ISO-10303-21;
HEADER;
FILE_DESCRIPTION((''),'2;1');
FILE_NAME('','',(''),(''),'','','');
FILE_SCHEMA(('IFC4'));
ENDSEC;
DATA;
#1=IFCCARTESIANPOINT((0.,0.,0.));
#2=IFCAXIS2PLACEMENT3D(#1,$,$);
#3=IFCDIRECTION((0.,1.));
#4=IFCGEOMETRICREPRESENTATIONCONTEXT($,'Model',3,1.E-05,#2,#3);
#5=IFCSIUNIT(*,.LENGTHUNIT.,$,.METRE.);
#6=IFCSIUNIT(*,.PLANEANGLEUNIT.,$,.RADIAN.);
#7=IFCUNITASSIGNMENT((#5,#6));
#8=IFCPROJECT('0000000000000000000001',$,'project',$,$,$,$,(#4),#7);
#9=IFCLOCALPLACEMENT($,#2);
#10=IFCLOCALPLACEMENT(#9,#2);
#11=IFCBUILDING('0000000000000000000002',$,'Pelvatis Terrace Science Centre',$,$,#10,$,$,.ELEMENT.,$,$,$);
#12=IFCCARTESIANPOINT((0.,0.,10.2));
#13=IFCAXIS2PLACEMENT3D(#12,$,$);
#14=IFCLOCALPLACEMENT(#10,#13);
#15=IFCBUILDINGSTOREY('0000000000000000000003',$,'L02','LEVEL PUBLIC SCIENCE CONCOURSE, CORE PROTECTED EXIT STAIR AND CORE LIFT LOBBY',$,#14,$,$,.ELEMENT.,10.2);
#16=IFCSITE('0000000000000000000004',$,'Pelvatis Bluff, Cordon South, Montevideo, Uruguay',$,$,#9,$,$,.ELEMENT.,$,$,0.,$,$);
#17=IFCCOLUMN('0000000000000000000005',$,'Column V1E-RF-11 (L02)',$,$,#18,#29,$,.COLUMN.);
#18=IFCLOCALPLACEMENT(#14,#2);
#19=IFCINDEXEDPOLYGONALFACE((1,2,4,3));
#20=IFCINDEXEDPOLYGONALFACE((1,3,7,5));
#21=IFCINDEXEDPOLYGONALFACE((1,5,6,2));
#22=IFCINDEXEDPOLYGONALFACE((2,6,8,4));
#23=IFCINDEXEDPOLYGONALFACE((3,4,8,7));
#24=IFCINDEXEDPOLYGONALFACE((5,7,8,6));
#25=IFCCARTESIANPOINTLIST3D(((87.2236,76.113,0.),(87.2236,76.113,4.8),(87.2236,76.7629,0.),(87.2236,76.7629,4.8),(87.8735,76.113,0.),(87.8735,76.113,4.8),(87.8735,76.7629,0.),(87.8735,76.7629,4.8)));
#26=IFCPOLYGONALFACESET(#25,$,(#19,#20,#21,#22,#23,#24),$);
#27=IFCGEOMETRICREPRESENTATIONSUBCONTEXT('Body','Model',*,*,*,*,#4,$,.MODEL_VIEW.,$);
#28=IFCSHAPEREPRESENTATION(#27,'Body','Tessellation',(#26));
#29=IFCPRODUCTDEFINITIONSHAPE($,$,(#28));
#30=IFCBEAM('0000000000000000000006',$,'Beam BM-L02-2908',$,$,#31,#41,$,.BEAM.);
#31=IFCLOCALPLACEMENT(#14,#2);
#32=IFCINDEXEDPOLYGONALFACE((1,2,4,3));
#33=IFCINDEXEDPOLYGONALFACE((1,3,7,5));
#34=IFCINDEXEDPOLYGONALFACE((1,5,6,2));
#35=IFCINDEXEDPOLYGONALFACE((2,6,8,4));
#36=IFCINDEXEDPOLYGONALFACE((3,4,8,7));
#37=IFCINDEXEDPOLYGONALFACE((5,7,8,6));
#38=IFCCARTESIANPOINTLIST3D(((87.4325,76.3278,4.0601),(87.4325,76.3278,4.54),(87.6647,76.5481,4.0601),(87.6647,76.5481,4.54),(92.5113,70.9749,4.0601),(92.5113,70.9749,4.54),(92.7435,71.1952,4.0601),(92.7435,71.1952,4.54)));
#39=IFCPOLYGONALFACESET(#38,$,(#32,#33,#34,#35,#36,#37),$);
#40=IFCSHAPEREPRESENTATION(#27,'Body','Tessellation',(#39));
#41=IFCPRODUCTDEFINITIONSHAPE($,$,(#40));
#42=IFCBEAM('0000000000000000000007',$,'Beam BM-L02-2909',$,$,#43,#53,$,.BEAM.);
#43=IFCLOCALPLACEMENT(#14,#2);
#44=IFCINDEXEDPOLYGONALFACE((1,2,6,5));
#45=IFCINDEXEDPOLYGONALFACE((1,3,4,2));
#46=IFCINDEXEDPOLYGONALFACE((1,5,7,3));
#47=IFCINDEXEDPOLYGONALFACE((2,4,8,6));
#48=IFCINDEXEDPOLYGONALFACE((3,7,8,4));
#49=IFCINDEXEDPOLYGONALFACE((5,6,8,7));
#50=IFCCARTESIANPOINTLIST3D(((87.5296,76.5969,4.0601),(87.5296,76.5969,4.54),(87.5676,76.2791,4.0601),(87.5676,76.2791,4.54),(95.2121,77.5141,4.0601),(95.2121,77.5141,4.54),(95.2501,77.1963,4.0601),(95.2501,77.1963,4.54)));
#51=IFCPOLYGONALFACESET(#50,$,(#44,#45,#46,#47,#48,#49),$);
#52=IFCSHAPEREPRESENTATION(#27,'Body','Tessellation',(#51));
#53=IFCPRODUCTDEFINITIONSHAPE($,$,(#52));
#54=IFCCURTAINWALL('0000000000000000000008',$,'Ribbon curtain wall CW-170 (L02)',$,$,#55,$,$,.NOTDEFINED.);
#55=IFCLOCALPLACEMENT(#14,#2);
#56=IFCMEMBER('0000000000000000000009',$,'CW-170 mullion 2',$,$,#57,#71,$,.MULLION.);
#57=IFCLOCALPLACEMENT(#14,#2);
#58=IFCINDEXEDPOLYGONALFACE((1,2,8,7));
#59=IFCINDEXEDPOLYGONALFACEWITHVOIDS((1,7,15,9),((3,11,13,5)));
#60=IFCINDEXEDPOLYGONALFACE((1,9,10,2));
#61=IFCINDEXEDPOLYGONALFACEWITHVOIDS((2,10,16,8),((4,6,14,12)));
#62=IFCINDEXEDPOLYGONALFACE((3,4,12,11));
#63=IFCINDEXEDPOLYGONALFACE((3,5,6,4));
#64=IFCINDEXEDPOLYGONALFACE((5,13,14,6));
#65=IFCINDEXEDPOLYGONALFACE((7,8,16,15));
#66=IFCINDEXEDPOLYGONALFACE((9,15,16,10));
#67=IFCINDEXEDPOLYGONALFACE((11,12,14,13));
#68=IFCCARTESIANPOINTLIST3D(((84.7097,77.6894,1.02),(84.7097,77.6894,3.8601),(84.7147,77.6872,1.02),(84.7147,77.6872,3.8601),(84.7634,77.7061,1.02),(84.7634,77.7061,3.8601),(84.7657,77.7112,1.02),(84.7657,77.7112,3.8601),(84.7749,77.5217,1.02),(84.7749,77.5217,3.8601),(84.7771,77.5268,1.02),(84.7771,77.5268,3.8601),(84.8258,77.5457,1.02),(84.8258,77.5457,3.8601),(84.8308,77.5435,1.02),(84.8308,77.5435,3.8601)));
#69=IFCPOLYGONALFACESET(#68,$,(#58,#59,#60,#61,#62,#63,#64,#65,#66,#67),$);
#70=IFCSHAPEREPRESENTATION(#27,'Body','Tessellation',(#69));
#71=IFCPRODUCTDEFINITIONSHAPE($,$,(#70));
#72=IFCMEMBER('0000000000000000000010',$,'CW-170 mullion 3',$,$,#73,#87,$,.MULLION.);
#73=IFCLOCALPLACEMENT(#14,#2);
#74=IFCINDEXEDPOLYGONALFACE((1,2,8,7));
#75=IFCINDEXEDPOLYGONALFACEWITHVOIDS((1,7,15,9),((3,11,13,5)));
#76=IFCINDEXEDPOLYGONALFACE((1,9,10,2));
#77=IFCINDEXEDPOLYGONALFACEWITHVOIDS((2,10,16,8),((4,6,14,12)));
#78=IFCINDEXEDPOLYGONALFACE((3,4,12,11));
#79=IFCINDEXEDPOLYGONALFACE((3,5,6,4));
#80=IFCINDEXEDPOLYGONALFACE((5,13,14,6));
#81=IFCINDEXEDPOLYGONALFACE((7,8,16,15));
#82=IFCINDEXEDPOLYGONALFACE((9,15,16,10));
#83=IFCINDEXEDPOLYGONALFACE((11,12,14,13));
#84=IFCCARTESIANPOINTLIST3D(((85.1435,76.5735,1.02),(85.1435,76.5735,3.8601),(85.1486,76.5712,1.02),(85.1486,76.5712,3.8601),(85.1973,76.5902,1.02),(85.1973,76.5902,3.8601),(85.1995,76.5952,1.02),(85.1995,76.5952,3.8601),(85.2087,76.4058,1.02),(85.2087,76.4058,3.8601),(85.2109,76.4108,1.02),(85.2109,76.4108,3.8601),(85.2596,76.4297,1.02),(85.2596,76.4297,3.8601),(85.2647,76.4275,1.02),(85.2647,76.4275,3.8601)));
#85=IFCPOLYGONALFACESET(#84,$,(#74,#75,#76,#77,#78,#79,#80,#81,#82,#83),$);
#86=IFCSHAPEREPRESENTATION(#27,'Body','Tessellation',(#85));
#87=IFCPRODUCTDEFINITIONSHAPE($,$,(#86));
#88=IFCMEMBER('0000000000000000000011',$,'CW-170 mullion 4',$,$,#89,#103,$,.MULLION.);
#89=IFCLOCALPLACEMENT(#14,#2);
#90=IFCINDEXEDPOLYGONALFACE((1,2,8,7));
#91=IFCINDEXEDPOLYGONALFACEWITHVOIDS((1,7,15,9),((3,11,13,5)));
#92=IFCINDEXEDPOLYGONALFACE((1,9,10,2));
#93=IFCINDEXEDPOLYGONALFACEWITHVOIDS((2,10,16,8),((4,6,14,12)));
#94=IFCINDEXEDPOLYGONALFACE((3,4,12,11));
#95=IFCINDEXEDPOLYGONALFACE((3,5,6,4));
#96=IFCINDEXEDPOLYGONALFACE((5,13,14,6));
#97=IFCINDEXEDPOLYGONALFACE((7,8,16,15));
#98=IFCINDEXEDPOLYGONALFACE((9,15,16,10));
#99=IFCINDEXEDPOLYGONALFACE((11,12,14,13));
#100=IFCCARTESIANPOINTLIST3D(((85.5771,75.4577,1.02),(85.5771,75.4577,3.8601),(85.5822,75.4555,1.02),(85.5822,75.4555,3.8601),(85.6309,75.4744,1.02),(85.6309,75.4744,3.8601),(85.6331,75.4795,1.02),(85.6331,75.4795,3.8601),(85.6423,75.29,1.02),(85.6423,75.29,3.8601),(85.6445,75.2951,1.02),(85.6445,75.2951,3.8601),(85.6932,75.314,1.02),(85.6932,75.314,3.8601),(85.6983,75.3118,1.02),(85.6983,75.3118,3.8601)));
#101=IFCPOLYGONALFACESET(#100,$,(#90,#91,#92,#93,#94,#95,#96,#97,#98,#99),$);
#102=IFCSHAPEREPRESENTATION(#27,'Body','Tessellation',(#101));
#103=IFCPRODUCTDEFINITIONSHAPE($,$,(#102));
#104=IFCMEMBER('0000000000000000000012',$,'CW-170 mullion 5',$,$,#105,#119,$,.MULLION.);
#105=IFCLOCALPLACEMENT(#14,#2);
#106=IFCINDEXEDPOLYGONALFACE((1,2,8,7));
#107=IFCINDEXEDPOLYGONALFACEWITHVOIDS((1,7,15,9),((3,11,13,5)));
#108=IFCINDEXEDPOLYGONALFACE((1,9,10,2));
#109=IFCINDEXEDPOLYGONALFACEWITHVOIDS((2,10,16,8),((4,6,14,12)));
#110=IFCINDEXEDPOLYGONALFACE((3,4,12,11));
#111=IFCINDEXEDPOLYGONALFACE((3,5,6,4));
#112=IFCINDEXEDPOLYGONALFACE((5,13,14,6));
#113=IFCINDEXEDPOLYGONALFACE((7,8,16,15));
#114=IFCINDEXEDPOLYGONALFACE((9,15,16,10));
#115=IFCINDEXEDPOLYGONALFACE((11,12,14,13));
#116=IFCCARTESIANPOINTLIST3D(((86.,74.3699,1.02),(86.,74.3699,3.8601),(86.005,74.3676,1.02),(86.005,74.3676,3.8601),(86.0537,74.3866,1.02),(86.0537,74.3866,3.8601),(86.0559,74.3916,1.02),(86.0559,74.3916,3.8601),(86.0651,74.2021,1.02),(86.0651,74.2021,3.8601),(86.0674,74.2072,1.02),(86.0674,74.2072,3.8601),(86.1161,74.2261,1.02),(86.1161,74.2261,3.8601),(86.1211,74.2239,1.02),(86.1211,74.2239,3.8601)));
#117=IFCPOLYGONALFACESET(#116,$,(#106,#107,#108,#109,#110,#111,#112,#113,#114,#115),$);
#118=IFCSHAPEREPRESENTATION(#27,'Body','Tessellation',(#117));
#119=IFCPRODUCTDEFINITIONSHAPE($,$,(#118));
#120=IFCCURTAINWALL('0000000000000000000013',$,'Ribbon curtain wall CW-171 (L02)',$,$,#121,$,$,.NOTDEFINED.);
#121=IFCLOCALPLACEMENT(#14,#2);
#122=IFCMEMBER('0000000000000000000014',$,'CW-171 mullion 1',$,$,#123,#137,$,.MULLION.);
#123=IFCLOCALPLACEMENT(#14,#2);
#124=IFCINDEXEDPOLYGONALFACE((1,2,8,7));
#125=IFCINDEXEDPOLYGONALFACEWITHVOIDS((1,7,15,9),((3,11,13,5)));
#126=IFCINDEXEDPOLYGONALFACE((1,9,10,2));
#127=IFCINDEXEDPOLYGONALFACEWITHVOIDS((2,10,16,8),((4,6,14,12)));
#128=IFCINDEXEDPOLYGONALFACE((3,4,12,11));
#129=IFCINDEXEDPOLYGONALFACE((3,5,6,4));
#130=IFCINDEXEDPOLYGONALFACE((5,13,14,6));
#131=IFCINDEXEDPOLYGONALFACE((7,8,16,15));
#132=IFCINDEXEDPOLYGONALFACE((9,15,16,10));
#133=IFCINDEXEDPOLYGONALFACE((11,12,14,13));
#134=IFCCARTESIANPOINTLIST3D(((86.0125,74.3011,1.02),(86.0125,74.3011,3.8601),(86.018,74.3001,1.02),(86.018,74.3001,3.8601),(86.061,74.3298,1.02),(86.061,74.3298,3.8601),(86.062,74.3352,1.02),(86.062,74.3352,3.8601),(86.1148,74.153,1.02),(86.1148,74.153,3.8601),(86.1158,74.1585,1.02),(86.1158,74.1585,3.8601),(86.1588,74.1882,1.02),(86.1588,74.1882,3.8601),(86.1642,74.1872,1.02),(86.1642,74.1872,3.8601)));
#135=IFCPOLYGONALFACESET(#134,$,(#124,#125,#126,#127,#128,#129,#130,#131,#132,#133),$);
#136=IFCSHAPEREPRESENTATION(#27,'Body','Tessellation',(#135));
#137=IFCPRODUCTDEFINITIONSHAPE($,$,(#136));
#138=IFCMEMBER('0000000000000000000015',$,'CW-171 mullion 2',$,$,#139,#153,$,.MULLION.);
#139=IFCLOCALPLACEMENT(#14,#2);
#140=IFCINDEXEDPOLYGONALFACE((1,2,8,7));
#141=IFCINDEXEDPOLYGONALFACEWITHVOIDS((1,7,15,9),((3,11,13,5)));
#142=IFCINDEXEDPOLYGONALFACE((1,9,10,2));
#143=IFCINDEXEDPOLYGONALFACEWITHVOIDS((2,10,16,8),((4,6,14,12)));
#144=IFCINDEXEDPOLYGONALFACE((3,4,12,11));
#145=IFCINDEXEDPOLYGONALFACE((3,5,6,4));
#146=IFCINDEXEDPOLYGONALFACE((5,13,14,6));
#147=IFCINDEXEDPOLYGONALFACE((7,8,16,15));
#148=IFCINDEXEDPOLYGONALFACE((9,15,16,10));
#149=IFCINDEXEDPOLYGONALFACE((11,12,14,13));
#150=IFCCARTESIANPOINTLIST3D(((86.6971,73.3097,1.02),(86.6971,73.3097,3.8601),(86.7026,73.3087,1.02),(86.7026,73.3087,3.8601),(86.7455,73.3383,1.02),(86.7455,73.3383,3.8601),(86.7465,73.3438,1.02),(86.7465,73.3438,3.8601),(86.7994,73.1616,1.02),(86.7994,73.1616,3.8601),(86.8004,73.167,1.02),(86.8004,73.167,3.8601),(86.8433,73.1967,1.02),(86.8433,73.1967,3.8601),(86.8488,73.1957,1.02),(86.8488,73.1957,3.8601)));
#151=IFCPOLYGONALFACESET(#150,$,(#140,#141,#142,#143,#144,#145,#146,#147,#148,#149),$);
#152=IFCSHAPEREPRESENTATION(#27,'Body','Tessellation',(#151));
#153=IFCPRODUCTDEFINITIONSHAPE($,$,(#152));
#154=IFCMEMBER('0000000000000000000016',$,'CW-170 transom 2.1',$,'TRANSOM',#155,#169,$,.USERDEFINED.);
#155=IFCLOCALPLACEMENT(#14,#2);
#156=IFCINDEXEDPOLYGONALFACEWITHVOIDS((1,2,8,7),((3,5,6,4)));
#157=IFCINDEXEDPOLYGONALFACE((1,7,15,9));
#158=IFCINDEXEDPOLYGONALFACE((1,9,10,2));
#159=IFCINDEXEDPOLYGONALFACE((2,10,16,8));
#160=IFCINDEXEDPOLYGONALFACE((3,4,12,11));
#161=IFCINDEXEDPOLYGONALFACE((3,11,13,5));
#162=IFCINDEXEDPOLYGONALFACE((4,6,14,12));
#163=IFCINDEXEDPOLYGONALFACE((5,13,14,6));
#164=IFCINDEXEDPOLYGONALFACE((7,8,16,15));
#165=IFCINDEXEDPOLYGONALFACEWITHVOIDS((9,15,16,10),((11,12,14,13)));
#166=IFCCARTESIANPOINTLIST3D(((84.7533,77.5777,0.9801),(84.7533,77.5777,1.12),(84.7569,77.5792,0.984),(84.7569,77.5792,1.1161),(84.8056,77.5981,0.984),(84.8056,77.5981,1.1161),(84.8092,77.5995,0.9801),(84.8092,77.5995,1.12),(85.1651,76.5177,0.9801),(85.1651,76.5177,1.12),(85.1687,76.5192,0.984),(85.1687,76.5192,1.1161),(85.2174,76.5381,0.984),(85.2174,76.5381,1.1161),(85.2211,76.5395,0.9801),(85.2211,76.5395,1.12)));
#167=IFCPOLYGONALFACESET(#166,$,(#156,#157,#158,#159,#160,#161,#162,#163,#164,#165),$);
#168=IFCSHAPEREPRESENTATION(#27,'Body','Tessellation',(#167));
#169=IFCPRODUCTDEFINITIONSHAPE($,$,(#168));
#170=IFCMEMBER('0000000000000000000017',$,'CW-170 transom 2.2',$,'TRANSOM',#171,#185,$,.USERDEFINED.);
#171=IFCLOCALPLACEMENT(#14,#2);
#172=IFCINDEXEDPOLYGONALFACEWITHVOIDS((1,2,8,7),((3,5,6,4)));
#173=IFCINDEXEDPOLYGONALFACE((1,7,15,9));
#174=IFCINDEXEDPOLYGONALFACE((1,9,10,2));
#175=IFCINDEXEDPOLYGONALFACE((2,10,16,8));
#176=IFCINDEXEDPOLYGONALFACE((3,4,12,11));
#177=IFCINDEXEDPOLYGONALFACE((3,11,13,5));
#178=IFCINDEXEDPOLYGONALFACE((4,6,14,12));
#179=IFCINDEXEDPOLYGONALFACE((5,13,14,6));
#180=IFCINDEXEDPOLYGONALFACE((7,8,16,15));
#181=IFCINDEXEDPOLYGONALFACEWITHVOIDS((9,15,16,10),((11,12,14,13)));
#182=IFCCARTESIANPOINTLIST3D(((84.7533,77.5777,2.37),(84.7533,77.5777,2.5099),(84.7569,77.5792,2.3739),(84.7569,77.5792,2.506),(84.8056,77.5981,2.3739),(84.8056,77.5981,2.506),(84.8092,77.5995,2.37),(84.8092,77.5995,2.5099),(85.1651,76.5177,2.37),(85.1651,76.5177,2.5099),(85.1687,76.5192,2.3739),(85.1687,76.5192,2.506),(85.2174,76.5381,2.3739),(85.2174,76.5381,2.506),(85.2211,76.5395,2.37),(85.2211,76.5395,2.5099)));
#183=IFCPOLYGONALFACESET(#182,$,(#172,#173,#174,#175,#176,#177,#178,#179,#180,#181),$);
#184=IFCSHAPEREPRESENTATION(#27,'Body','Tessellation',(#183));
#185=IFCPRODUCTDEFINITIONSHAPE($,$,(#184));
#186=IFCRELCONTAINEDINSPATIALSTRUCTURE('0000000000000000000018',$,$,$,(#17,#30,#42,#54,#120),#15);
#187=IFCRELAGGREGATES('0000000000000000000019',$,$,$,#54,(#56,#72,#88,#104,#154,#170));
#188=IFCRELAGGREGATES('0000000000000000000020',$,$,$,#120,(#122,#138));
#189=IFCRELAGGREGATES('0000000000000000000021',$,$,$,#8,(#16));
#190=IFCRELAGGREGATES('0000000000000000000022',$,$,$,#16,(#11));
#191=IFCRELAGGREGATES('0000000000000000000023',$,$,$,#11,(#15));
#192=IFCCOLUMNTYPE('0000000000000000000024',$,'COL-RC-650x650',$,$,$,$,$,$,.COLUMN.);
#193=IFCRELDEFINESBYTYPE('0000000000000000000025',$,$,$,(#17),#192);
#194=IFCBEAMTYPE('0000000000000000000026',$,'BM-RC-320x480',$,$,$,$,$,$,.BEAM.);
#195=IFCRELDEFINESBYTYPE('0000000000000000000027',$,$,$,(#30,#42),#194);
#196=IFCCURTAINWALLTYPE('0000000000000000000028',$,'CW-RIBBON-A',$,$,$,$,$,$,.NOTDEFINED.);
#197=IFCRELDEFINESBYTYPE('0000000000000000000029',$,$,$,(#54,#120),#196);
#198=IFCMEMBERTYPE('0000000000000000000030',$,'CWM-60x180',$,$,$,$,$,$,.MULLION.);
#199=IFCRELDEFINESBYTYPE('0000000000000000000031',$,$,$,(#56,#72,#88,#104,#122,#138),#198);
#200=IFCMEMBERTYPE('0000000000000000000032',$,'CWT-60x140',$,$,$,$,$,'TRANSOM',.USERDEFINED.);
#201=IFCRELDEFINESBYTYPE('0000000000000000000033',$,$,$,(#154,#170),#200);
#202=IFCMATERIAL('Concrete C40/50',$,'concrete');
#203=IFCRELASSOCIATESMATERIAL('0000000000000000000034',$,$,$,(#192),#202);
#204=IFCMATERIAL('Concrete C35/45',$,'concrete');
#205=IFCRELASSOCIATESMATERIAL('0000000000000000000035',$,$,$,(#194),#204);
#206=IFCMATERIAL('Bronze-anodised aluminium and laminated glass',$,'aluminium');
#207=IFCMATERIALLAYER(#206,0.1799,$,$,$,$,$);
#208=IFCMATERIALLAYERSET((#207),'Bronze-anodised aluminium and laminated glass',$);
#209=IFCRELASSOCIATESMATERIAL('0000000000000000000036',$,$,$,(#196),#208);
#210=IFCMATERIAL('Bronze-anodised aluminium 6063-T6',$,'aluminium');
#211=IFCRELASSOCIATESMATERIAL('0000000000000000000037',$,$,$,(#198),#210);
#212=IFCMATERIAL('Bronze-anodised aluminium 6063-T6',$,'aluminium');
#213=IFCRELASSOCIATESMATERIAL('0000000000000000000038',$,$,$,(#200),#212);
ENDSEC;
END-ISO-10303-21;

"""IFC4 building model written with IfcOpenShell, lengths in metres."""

from ifc_helpers import new_model, si_unit, direction, frame, origin, origin_2d, place, context, subcontext, project, spatial, rectangle, hollow_rectangle, extrude, material, layer, layer_set, material_profile, profile_set, type_object, element, aggregate, save


model = new_model("IFC4")

# Units and contexts
model_context = context("Model", 3, precision=1e-05, world=origin(), true_north=direction((0.0, 1.0)))
body_context = subcontext(model_context, "Body", "Model", "MODEL_VIEW")
ifc_project = project(units=[si_unit("LENGTHUNIT", "METRE"), si_unit("PLANEANGLEUNIT", "RADIAN")], contexts=[model_context])

# Site, building, storey
site_placement = place(None, origin())
site = spatial("IfcSite", under=ifc_project, at=site_placement, Name="Pelvatis Bluff, Cordon South, Montevideo, Uruguay", CompositionType="ELEMENT", RefElevation=0.0)
building_placement = place(site_placement, origin())
building = spatial("IfcBuilding", under=site, at=building_placement, Name="Pelvatis Terrace Science Centre", CompositionType="ELEMENT")
storey_placement = place(building_placement, frame((0.0, 0.0, 10.2)))
storey = spatial("IfcBuildingStorey", under=building, at=storey_placement, Name="L02", Description="LEVEL PUBLIC SCIENCE CONCOURSE, CORE PROTECTED EXIT STAIR AND CORE LIFT LOBBY", CompositionType="ELEMENT", Elevation=10.2)

# Column
ifc_material_1 = material(Name="Concrete C40/50", Category="concrete")
ifc_material_profile_1 = material_profile(ifc_material_1, rectangle(XDim=0.6499, YDim=0.6499, at=origin_2d()), Name="RC-COL 650x650")
ifc_profile_set_1 = profile_set([ifc_material_profile_1], Name="Concrete C40/50")
column_type = type_object("IfcColumnType", Name="COL-RC-650x650", PredefinedType="COLUMN", material=ifc_profile_set_1)
column_placement = place(storey_placement, frame((87.5486, 76.438, 0.0), z_axis=(0.0, 0.0, 1.0), x_axis=(1.0, 0.0, 0.0)))
element("IfcColumn", 1, at=column_placement, inside=storey, type_object=column_type, Name="Column V1E-RF-11 (L02)", PredefinedType="COLUMN", context=body_context, shape_type="SweptSolid", body=[
    extrude(rectangle(XDim=0.6499, YDim=0.6499, at=origin_2d()), origin(), (0.0, 0.0, 1.0), 4.8),
])

# Beams
ifc_material_2 = material(Name="Concrete C35/45", Category="concrete")
ifc_material_profile_2 = material_profile(ifc_material_2, rectangle(XDim=0.3201, YDim=0.48, at=origin_2d()), Name="RC-BM 320x480")
ifc_profile_set_2 = profile_set([ifc_material_profile_2], Name="Concrete C35/45")
beam_type = type_object("IfcBeamType", Name="BM-RC-320x480", PredefinedType="BEAM", material=ifc_profile_set_2)
beam_1_placement = place(storey_placement, frame((87.5486, 76.438, 4.3), z_axis=(0.688285, -0.72544, 0.0), x_axis=(0.72544, 0.688285, 0.0)))
element("IfcBeam", 2, at=beam_1_placement, inside=storey, type_object=beam_type, Name="Beam BM-L02-2908", PredefinedType="BEAM", context=body_context, shape_type="SweptSolid", body=[
    extrude(rectangle(XDim=0.3201, YDim=0.48, at=origin_2d()), origin(), (0.0, 0.0, 1.0), 7.3789),
])
beam_2_placement = place(storey_placement, frame((87.5486, 76.438, 4.3), z_axis=(0.992948, 0.118549, 0.0), x_axis=(-0.118549, 0.992948, 0.0)))
element("IfcBeam", 3, at=beam_2_placement, inside=storey, type_object=beam_type, Name="Beam BM-L02-2909", PredefinedType="BEAM", context=body_context, shape_type="SweptSolid", body=[
    extrude(rectangle(XDim=0.3201, YDim=0.48, at=origin_2d()), origin(), (0.0, 0.0, 1.0), 7.7371),
])

# Curtain walls, members
ifc_material_3 = material(Name="Bronze-anodised aluminium and laminated glass", Category="aluminium")
ifc_layer_1 = layer(ifc_material_3, 0.1799)
ifc_layer_set_1 = layer_set([ifc_layer_1], Name="Bronze-anodised aluminium and laminated glass")
curtain_wall_type = type_object("IfcCurtainWallType", Name="CW-RIBBON-A", PredefinedType="NOTDEFINED", material=ifc_layer_set_1)
curtain_wall_1_placement = place(storey_placement, origin())
curtain_wall_1 = element("IfcCurtainWall", 4, at=curtain_wall_1_placement, inside=storey, type_object=curtain_wall_type, Name="Ribbon curtain wall CW-170 (L02)", PredefinedType="NOTDEFINED")
ifc_material_4 = material(Name="Bronze-anodised aluminium 6063-T6", Category="aluminium")
ifc_material_profile_3 = material_profile(ifc_material_4, hollow_rectangle(XDim=0.0601, YDim=0.1799, WallThickness=0.0039, at=origin_2d()), Name="ALU-MUL 60x180")
ifc_profile_set_3 = profile_set([ifc_material_profile_3], Name="Bronze-anodised aluminium 6063-T6")
member_type_1 = type_object("IfcMemberType", Name="CWM-60x180", PredefinedType="MULLION", material=ifc_profile_set_3)
member_1_placement = place(storey_placement, frame((84.7703, 77.6165, 1.02), z_axis=(0.0, 0.0, 1.0), x_axis=(0.932092, 0.362221, 0.0)))
member_1 = element("IfcMember", 5, at=member_1_placement, type_object=member_type_1, Name="CW-170 mullion 2", PredefinedType="MULLION", context=body_context, shape_type="SweptSolid", body=[
    extrude(hollow_rectangle(XDim=0.0601, YDim=0.1799, WallThickness=0.0039, at=origin_2d()), origin(), (0.0, 0.0, 1.0), 2.8401),
])
member_2_placement = place(storey_placement, frame((85.2041, 76.5005, 1.02), z_axis=(0.0, 0.0, 1.0), x_axis=(0.932092, 0.362221, 0.0)))
member_2 = element("IfcMember", 6, at=member_2_placement, type_object=member_type_1, Name="CW-170 mullion 3", PredefinedType="MULLION", context=body_context, shape_type="SweptSolid", body=[
    extrude(hollow_rectangle(XDim=0.0601, YDim=0.1799, WallThickness=0.0039, at=origin_2d()), origin(), (0.0, 0.0, 1.0), 2.8401),
])
member_3_placement = place(storey_placement, frame((85.6377, 75.3848, 1.02), z_axis=(0.0, 0.0, 1.0), x_axis=(0.932092, 0.362221, 0.0)))
member_3 = element("IfcMember", 7, at=member_3_placement, type_object=member_type_1, Name="CW-170 mullion 4", PredefinedType="MULLION", context=body_context, shape_type="SweptSolid", body=[
    extrude(hollow_rectangle(XDim=0.0601, YDim=0.1799, WallThickness=0.0039, at=origin_2d()), origin(), (0.0, 0.0, 1.0), 2.8401),
])
member_4_placement = place(storey_placement, frame((86.0605, 74.2969, 1.02), z_axis=(0.0, 0.0, 1.0), x_axis=(0.932092, 0.362221, 0.0)))
member_4 = element("IfcMember", 8, at=member_4_placement, type_object=member_type_1, Name="CW-170 mullion 5", PredefinedType="MULLION", context=body_context, shape_type="SweptSolid", body=[
    extrude(hollow_rectangle(XDim=0.0601, YDim=0.1799, WallThickness=0.0039, at=origin_2d()), origin(), (0.0, 0.0, 1.0), 2.8401),
])
curtain_wall_2_placement = place(storey_placement, origin())
curtain_wall_2 = element("IfcCurtainWall", 9, at=curtain_wall_2_placement, inside=storey, type_object=curtain_wall_type, Name="Ribbon curtain wall CW-171 (L02)", PredefinedType="NOTDEFINED")
member_5_placement = place(storey_placement, frame((86.0884, 74.2441, 1.02), z_axis=(0.0, 0.0, 1.0), x_axis=(0.822888, 0.568203, 0.0)))
member_5 = element("IfcMember", 10, at=member_5_placement, type_object=member_type_1, Name="CW-171 mullion 1", PredefinedType="MULLION", context=body_context, shape_type="SweptSolid", body=[
    extrude(hollow_rectangle(XDim=0.0601, YDim=0.1799, WallThickness=0.0039, at=origin_2d()), origin(), (0.0, 0.0, 1.0), 2.8401),
])
member_6_placement = place(storey_placement, frame((86.7729, 73.2527, 1.02), z_axis=(0.0, 0.0, 1.0), x_axis=(0.822888, 0.568203, 0.0)))
member_6 = element("IfcMember", 11, at=member_6_placement, type_object=member_type_1, Name="CW-171 mullion 2", PredefinedType="MULLION", context=body_context, shape_type="SweptSolid", body=[
    extrude(hollow_rectangle(XDim=0.0601, YDim=0.1799, WallThickness=0.0039, at=origin_2d()), origin(), (0.0, 0.0, 1.0), 2.8401),
])

# Members
ifc_material_5 = material(Name="Bronze-anodised aluminium 6063-T6", Category="aluminium")
ifc_material_profile_4 = material_profile(ifc_material_5, hollow_rectangle(XDim=0.0601, YDim=0.1399, WallThickness=0.0039, at=origin_2d()), Name="ALU-TRN 60x140")
ifc_profile_set_4 = profile_set([ifc_material_profile_4], Name="Bronze-anodised aluminium 6063-T6")
member_type_2 = type_object("IfcMemberType", Name="CWT-60x140", ElementType="TRANSOM", PredefinedType="USERDEFINED", material=ifc_profile_set_4)
member_7_placement = place(storey_placement, frame((84.7812, 77.5886, 1.05), z_axis=(0.362156, -0.932117, 0.0), x_axis=(0.932117, 0.362156, 0.0)))
member_7 = element("IfcMember", 12, at=member_7_placement, type_object=member_type_2, Name="CW-170 transom 2.1", ObjectType="TRANSOM", PredefinedType="USERDEFINED", context=body_context, shape_type="SweptSolid", body=[
    extrude(hollow_rectangle(XDim=0.0601, YDim=0.1399, WallThickness=0.0039, at=origin_2d()), origin(), (0.0, 0.0, 1.0), 1.1372),
])
member_8_placement = place(storey_placement, frame((84.7812, 77.5886, 2.4399), z_axis=(0.362156, -0.932117, 0.0), x_axis=(0.932117, 0.362156, 0.0)))
member_8 = element("IfcMember", 13, at=member_8_placement, type_object=member_type_2, Name="CW-170 transom 2.2", ObjectType="TRANSOM", PredefinedType="USERDEFINED", context=body_context, shape_type="SweptSolid", body=[
    extrude(hollow_rectangle(XDim=0.0601, YDim=0.1399, WallThickness=0.0039, at=origin_2d()), origin(), (0.0, 0.0, 1.0), 1.1372),
])

aggregate(curtain_wall_1, [member_1, member_2, member_3, member_4, member_7, member_8])
aggregate(curtain_wall_2, [member_5, member_6])

save(model, "model.ifc")
